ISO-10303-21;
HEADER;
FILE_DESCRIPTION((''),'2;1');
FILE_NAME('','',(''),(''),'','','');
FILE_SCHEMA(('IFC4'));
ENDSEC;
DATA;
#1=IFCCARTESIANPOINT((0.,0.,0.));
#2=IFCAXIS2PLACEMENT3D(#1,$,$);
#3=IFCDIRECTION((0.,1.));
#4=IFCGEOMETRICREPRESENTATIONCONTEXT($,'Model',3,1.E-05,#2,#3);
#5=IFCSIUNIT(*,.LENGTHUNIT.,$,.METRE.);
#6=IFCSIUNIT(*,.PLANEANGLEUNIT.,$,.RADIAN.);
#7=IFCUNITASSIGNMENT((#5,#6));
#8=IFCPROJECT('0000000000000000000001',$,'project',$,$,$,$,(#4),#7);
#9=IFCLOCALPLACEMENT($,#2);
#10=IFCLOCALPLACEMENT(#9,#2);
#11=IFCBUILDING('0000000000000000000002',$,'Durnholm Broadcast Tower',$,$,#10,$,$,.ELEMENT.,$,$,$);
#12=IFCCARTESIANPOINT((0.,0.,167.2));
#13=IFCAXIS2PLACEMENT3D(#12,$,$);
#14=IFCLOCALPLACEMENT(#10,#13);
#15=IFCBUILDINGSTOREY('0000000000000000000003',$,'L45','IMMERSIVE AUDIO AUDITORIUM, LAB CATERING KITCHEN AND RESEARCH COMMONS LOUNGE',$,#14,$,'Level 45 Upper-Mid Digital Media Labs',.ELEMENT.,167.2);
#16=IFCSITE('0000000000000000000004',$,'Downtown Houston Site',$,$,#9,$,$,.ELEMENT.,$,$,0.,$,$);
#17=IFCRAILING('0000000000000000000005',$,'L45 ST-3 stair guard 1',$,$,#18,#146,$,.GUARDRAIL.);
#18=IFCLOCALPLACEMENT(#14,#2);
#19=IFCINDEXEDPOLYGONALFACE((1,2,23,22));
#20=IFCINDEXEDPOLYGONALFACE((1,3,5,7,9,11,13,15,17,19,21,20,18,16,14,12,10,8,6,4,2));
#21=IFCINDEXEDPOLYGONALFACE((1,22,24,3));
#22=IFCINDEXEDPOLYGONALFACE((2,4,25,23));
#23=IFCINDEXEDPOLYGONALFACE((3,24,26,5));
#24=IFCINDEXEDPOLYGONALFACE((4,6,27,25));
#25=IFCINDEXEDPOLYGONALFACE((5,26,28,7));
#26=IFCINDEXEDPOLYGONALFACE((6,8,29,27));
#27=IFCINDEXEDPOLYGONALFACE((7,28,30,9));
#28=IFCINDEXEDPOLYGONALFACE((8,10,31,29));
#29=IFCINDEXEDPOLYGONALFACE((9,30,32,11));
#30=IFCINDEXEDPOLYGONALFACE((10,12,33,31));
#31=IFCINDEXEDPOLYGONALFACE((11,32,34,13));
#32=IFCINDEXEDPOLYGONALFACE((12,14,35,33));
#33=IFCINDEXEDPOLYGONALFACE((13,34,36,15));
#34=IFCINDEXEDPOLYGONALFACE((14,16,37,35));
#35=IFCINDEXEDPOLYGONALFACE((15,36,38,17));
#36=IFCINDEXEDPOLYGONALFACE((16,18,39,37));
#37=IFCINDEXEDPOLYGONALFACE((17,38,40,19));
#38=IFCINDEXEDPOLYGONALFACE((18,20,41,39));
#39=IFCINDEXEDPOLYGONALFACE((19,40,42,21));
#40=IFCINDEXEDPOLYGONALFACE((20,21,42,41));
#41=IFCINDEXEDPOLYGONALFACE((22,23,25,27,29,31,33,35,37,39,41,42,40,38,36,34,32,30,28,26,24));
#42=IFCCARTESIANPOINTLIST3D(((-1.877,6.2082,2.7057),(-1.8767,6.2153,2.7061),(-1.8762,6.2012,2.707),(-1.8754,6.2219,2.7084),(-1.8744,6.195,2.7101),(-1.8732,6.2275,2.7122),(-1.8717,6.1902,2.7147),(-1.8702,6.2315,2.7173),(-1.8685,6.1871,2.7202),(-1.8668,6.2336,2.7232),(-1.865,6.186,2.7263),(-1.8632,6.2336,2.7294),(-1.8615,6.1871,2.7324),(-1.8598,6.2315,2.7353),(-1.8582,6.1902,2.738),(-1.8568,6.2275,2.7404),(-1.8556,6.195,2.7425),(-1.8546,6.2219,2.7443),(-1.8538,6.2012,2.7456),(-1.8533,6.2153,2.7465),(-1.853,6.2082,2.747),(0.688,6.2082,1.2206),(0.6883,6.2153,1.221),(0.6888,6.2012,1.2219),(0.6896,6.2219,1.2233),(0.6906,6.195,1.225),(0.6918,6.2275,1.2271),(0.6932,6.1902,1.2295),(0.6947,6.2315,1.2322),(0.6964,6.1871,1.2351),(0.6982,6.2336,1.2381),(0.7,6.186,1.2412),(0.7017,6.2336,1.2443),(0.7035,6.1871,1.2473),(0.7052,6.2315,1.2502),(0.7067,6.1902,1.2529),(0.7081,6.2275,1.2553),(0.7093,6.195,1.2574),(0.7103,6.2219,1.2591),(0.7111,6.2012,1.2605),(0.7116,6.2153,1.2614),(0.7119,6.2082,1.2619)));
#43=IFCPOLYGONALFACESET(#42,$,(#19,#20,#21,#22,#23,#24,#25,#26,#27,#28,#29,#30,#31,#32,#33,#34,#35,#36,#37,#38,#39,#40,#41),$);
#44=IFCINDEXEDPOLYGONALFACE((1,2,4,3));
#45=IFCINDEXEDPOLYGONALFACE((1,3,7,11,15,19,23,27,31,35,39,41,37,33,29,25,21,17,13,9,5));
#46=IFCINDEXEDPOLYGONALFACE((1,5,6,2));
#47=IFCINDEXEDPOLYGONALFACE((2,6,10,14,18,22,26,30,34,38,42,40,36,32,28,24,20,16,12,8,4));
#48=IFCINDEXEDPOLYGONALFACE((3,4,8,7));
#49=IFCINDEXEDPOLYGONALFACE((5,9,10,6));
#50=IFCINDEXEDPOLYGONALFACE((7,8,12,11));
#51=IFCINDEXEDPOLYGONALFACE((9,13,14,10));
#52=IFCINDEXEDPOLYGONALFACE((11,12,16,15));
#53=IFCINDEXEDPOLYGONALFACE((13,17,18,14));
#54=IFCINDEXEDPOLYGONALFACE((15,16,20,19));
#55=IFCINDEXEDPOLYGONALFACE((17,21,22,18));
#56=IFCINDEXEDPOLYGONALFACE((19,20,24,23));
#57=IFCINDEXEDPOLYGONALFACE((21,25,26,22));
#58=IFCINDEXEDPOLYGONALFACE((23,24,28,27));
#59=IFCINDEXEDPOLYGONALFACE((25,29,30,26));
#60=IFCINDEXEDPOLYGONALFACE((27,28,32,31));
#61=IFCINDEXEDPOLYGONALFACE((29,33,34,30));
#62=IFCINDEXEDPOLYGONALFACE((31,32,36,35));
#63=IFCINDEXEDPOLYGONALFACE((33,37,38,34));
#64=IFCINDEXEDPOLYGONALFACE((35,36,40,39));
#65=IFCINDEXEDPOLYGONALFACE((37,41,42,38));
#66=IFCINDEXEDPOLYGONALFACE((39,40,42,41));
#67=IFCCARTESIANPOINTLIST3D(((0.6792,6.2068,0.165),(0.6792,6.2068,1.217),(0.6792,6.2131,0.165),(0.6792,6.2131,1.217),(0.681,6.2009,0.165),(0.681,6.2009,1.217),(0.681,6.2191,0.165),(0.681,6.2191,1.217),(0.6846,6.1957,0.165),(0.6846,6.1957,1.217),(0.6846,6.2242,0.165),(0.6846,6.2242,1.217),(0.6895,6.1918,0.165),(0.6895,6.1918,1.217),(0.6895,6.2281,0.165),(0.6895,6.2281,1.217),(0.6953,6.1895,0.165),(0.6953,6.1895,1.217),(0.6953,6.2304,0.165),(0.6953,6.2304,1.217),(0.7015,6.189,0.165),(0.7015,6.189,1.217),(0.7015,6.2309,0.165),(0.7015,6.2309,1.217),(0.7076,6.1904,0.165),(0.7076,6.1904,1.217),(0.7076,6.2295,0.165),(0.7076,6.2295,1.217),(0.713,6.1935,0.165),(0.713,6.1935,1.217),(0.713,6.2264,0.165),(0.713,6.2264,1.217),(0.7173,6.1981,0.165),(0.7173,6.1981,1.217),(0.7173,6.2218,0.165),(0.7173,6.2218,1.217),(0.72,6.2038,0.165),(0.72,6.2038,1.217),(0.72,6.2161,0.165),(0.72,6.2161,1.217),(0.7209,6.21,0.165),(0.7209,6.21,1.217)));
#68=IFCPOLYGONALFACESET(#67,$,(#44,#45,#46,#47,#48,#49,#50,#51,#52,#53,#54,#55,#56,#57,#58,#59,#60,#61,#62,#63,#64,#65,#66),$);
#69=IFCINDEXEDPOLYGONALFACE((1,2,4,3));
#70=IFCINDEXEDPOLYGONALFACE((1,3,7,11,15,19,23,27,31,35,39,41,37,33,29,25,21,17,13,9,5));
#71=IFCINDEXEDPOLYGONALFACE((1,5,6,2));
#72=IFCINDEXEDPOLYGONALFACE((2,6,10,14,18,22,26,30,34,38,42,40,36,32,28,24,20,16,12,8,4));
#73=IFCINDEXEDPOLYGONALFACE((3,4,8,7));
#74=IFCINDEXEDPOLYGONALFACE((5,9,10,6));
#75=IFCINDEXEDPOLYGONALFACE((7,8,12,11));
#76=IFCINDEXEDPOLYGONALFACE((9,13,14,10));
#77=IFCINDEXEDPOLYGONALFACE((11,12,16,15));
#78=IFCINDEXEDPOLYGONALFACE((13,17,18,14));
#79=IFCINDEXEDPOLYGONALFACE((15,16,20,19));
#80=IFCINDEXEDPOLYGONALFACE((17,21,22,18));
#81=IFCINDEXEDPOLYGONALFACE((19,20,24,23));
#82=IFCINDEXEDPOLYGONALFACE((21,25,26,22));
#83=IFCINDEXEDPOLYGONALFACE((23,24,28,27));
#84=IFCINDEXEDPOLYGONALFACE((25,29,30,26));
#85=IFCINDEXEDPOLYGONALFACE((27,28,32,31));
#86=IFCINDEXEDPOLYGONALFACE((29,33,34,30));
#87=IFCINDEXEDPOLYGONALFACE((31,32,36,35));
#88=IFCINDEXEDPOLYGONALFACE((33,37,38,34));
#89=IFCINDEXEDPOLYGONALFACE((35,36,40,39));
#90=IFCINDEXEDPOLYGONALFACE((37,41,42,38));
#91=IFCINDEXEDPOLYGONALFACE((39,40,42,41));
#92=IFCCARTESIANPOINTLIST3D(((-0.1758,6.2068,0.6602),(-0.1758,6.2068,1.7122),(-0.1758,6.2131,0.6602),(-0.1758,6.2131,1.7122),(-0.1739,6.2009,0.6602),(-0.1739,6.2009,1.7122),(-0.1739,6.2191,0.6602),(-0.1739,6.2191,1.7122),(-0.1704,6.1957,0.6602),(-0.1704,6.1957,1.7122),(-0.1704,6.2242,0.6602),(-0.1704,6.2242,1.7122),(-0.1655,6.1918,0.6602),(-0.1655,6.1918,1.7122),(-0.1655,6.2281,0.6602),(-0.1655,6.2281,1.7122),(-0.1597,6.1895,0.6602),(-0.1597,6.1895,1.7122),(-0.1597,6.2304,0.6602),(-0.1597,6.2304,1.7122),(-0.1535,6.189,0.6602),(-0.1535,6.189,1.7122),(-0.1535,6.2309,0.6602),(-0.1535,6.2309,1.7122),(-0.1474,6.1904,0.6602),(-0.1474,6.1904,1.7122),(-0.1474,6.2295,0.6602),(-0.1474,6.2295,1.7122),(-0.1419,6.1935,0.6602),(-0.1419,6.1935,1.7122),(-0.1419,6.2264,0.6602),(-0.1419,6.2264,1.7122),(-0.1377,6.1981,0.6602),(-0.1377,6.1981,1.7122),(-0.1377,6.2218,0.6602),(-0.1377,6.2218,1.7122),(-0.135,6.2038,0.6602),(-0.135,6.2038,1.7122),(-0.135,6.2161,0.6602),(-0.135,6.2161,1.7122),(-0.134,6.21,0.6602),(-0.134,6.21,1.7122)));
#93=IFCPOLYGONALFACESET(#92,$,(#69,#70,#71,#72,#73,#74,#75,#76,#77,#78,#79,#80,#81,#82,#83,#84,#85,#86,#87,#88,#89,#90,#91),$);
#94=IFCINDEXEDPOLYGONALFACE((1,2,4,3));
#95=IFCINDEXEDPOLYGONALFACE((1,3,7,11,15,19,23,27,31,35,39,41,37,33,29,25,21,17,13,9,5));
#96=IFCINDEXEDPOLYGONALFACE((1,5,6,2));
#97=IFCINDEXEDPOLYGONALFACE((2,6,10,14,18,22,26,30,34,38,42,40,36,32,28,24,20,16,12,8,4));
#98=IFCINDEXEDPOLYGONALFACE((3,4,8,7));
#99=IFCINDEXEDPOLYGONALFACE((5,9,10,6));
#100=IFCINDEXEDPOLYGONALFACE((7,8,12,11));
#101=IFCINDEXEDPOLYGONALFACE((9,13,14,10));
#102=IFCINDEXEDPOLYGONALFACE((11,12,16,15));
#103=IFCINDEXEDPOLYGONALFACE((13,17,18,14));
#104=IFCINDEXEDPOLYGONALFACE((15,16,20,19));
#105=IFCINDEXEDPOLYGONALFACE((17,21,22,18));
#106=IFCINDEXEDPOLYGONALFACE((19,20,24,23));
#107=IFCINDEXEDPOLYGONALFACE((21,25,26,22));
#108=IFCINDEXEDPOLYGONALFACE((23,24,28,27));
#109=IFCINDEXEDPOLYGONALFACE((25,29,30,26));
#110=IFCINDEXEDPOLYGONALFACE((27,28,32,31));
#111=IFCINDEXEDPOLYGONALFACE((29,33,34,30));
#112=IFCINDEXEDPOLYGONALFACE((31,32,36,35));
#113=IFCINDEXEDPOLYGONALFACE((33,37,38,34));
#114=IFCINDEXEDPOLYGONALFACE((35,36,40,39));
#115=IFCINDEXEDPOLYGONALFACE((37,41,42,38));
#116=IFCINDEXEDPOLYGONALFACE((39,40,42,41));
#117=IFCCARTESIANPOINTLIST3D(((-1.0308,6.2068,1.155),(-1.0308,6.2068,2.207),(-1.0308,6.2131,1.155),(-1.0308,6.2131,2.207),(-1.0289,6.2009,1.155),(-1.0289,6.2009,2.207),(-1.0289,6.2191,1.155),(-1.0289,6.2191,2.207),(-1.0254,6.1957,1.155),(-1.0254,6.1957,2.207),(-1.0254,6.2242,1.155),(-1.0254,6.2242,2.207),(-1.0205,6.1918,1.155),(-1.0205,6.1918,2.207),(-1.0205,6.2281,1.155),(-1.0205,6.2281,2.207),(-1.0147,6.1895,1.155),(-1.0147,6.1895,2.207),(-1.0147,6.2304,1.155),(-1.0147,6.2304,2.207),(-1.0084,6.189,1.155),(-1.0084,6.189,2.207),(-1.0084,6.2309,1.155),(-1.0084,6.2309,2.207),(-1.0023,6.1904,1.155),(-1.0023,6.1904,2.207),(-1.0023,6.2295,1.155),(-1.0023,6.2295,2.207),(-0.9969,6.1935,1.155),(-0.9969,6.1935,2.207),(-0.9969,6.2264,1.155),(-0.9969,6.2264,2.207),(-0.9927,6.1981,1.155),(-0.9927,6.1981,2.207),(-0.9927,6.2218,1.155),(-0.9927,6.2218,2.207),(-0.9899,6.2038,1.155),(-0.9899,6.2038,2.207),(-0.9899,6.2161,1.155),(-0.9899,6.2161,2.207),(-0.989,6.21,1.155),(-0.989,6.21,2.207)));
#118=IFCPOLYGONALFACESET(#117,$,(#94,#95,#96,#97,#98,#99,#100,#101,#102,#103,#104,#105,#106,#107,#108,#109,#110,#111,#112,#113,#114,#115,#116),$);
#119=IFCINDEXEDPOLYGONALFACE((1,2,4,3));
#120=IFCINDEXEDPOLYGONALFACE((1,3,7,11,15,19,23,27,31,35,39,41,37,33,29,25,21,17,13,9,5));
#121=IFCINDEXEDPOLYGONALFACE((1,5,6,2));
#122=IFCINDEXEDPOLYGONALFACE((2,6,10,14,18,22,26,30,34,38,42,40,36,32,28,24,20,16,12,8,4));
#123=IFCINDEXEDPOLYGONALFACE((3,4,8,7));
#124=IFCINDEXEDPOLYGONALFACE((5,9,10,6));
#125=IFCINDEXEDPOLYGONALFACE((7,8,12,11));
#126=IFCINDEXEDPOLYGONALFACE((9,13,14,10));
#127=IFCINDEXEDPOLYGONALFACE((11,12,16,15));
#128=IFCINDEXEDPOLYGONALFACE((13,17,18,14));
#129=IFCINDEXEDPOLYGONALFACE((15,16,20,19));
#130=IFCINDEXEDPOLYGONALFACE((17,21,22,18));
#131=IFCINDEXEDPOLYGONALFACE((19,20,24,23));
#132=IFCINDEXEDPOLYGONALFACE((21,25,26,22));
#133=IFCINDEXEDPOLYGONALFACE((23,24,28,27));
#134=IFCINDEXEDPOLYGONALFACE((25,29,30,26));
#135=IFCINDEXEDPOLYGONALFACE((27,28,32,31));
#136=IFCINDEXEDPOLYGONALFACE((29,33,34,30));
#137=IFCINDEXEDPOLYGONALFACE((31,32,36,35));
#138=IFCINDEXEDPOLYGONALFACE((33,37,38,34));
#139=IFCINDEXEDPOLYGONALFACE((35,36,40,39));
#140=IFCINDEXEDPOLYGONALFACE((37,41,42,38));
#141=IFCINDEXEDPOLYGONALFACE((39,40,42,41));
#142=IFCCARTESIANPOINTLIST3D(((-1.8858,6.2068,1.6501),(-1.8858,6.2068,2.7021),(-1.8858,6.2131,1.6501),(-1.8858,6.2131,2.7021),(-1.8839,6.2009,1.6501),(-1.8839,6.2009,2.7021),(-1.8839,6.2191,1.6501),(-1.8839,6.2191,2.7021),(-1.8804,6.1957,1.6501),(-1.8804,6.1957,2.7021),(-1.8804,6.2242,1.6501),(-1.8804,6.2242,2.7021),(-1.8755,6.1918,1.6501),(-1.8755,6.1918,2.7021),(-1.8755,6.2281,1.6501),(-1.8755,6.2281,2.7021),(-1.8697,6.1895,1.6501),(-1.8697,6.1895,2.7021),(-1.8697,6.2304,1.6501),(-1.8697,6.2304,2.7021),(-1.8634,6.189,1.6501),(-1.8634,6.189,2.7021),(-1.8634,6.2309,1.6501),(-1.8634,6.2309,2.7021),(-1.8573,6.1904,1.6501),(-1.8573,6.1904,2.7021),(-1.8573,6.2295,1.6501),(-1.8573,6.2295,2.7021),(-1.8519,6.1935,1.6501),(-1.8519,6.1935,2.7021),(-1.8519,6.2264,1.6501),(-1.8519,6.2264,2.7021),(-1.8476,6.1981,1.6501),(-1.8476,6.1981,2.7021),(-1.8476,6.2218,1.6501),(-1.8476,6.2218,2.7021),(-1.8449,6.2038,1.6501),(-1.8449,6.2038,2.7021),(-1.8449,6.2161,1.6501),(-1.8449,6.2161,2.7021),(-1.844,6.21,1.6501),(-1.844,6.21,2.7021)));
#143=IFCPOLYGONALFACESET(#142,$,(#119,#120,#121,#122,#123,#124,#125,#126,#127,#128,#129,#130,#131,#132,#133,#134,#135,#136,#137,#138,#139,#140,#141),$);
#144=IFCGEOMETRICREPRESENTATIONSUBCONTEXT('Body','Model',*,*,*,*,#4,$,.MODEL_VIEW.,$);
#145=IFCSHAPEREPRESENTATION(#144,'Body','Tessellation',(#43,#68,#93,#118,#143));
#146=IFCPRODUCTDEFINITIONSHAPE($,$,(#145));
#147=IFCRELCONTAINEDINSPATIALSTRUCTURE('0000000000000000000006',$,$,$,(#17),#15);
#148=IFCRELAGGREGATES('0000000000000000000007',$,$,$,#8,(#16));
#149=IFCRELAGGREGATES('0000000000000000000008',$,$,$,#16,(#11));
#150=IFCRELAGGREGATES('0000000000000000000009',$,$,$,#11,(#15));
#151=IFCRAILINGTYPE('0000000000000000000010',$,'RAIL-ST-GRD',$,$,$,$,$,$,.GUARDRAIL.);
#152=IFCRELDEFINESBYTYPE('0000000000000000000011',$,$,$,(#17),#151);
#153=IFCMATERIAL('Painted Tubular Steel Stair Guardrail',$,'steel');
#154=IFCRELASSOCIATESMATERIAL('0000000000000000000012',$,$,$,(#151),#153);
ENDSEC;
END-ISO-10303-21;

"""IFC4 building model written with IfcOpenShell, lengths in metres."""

from ifc_helpers import new_model, si_unit, direction, frame, origin, origin_2d, place, context, subcontext, project, spatial, circle, extrude, material, type_object, element, save


model = new_model("IFC4")

# Units and contexts
model_context = context("Model", 3, precision=1e-05, world=origin(), true_north=direction((0.0, 1.0)))
body_context = subcontext(model_context, "Body", "Model", "MODEL_VIEW")
ifc_project = project(units=[si_unit("LENGTHUNIT", "METRE"), si_unit("PLANEANGLEUNIT", "RADIAN")], contexts=[model_context])

# Site, building, storey
site_placement = place(None, origin())
site = spatial("IfcSite", under=ifc_project, at=site_placement, Name="Downtown Houston Site", CompositionType="ELEMENT", RefElevation=0.0)
building_placement = place(site_placement, origin())
building = spatial("IfcBuilding", under=site, at=building_placement, Name="Durnholm Broadcast Tower", CompositionType="ELEMENT")
storey_placement = place(building_placement, frame((0.0, 0.0, 167.2)))
storey = spatial("IfcBuildingStorey", under=building, at=storey_placement, Name="L45", Description="IMMERSIVE AUDIO AUDITORIUM, LAB CATERING KITCHEN AND RESEARCH COMMONS LOUNGE", LongName="Level 45 Upper-Mid Digital Media Labs", CompositionType="ELEMENT", Elevation=167.2)

# Railing
ifc_material_1 = material(Name="Painted Tubular Steel Stair Guardrail", Category="steel")
railing_type_1 = type_object("IfcRailingType", Name="RAIL-ST-GRD", PredefinedType="GUARDRAIL", material=ifc_material_1)
railing_1_placement = place(storey_placement, frame((0.7, 6.21, 0.165)))
element("IfcRailing", 1, at=railing_1_placement, inside=storey, type_object=railing_type_1, Name="L45 ST-3 stair guard 1", PredefinedType="GUARDRAIL", context=body_context, shape_type="SweptSolid", body=[
    extrude(circle(Radius=0.0239, at=origin_2d()), frame((0.0, 0.0, 1.0762), z_axis=(-0.865406, 0.0, 0.501072), x_axis=(0.0, -1.0, 0.0)), (0.0, 0.0, 1.0), 2.9639),
    extrude(circle(Radius=0.021, at=origin_2d()), origin(), (0.0, 0.0, 1.0), 1.052),
    extrude(circle(Radius=0.021, at=origin_2d()), frame((-0.855, 0.0, 0.4951)), (0.0, 0.0, 1.0), 1.052),
    extrude(circle(Radius=0.021, at=origin_2d()), frame((-1.71, 0.0, 0.99)), (0.0, 0.0, 1.0), 1.052),
    extrude(circle(Radius=0.021, at=origin_2d()), frame((-2.5649, 0.0, 1.4851)), (0.0, 0.0, 1.0), 1.052),
])

save(model, "model.ifc")
